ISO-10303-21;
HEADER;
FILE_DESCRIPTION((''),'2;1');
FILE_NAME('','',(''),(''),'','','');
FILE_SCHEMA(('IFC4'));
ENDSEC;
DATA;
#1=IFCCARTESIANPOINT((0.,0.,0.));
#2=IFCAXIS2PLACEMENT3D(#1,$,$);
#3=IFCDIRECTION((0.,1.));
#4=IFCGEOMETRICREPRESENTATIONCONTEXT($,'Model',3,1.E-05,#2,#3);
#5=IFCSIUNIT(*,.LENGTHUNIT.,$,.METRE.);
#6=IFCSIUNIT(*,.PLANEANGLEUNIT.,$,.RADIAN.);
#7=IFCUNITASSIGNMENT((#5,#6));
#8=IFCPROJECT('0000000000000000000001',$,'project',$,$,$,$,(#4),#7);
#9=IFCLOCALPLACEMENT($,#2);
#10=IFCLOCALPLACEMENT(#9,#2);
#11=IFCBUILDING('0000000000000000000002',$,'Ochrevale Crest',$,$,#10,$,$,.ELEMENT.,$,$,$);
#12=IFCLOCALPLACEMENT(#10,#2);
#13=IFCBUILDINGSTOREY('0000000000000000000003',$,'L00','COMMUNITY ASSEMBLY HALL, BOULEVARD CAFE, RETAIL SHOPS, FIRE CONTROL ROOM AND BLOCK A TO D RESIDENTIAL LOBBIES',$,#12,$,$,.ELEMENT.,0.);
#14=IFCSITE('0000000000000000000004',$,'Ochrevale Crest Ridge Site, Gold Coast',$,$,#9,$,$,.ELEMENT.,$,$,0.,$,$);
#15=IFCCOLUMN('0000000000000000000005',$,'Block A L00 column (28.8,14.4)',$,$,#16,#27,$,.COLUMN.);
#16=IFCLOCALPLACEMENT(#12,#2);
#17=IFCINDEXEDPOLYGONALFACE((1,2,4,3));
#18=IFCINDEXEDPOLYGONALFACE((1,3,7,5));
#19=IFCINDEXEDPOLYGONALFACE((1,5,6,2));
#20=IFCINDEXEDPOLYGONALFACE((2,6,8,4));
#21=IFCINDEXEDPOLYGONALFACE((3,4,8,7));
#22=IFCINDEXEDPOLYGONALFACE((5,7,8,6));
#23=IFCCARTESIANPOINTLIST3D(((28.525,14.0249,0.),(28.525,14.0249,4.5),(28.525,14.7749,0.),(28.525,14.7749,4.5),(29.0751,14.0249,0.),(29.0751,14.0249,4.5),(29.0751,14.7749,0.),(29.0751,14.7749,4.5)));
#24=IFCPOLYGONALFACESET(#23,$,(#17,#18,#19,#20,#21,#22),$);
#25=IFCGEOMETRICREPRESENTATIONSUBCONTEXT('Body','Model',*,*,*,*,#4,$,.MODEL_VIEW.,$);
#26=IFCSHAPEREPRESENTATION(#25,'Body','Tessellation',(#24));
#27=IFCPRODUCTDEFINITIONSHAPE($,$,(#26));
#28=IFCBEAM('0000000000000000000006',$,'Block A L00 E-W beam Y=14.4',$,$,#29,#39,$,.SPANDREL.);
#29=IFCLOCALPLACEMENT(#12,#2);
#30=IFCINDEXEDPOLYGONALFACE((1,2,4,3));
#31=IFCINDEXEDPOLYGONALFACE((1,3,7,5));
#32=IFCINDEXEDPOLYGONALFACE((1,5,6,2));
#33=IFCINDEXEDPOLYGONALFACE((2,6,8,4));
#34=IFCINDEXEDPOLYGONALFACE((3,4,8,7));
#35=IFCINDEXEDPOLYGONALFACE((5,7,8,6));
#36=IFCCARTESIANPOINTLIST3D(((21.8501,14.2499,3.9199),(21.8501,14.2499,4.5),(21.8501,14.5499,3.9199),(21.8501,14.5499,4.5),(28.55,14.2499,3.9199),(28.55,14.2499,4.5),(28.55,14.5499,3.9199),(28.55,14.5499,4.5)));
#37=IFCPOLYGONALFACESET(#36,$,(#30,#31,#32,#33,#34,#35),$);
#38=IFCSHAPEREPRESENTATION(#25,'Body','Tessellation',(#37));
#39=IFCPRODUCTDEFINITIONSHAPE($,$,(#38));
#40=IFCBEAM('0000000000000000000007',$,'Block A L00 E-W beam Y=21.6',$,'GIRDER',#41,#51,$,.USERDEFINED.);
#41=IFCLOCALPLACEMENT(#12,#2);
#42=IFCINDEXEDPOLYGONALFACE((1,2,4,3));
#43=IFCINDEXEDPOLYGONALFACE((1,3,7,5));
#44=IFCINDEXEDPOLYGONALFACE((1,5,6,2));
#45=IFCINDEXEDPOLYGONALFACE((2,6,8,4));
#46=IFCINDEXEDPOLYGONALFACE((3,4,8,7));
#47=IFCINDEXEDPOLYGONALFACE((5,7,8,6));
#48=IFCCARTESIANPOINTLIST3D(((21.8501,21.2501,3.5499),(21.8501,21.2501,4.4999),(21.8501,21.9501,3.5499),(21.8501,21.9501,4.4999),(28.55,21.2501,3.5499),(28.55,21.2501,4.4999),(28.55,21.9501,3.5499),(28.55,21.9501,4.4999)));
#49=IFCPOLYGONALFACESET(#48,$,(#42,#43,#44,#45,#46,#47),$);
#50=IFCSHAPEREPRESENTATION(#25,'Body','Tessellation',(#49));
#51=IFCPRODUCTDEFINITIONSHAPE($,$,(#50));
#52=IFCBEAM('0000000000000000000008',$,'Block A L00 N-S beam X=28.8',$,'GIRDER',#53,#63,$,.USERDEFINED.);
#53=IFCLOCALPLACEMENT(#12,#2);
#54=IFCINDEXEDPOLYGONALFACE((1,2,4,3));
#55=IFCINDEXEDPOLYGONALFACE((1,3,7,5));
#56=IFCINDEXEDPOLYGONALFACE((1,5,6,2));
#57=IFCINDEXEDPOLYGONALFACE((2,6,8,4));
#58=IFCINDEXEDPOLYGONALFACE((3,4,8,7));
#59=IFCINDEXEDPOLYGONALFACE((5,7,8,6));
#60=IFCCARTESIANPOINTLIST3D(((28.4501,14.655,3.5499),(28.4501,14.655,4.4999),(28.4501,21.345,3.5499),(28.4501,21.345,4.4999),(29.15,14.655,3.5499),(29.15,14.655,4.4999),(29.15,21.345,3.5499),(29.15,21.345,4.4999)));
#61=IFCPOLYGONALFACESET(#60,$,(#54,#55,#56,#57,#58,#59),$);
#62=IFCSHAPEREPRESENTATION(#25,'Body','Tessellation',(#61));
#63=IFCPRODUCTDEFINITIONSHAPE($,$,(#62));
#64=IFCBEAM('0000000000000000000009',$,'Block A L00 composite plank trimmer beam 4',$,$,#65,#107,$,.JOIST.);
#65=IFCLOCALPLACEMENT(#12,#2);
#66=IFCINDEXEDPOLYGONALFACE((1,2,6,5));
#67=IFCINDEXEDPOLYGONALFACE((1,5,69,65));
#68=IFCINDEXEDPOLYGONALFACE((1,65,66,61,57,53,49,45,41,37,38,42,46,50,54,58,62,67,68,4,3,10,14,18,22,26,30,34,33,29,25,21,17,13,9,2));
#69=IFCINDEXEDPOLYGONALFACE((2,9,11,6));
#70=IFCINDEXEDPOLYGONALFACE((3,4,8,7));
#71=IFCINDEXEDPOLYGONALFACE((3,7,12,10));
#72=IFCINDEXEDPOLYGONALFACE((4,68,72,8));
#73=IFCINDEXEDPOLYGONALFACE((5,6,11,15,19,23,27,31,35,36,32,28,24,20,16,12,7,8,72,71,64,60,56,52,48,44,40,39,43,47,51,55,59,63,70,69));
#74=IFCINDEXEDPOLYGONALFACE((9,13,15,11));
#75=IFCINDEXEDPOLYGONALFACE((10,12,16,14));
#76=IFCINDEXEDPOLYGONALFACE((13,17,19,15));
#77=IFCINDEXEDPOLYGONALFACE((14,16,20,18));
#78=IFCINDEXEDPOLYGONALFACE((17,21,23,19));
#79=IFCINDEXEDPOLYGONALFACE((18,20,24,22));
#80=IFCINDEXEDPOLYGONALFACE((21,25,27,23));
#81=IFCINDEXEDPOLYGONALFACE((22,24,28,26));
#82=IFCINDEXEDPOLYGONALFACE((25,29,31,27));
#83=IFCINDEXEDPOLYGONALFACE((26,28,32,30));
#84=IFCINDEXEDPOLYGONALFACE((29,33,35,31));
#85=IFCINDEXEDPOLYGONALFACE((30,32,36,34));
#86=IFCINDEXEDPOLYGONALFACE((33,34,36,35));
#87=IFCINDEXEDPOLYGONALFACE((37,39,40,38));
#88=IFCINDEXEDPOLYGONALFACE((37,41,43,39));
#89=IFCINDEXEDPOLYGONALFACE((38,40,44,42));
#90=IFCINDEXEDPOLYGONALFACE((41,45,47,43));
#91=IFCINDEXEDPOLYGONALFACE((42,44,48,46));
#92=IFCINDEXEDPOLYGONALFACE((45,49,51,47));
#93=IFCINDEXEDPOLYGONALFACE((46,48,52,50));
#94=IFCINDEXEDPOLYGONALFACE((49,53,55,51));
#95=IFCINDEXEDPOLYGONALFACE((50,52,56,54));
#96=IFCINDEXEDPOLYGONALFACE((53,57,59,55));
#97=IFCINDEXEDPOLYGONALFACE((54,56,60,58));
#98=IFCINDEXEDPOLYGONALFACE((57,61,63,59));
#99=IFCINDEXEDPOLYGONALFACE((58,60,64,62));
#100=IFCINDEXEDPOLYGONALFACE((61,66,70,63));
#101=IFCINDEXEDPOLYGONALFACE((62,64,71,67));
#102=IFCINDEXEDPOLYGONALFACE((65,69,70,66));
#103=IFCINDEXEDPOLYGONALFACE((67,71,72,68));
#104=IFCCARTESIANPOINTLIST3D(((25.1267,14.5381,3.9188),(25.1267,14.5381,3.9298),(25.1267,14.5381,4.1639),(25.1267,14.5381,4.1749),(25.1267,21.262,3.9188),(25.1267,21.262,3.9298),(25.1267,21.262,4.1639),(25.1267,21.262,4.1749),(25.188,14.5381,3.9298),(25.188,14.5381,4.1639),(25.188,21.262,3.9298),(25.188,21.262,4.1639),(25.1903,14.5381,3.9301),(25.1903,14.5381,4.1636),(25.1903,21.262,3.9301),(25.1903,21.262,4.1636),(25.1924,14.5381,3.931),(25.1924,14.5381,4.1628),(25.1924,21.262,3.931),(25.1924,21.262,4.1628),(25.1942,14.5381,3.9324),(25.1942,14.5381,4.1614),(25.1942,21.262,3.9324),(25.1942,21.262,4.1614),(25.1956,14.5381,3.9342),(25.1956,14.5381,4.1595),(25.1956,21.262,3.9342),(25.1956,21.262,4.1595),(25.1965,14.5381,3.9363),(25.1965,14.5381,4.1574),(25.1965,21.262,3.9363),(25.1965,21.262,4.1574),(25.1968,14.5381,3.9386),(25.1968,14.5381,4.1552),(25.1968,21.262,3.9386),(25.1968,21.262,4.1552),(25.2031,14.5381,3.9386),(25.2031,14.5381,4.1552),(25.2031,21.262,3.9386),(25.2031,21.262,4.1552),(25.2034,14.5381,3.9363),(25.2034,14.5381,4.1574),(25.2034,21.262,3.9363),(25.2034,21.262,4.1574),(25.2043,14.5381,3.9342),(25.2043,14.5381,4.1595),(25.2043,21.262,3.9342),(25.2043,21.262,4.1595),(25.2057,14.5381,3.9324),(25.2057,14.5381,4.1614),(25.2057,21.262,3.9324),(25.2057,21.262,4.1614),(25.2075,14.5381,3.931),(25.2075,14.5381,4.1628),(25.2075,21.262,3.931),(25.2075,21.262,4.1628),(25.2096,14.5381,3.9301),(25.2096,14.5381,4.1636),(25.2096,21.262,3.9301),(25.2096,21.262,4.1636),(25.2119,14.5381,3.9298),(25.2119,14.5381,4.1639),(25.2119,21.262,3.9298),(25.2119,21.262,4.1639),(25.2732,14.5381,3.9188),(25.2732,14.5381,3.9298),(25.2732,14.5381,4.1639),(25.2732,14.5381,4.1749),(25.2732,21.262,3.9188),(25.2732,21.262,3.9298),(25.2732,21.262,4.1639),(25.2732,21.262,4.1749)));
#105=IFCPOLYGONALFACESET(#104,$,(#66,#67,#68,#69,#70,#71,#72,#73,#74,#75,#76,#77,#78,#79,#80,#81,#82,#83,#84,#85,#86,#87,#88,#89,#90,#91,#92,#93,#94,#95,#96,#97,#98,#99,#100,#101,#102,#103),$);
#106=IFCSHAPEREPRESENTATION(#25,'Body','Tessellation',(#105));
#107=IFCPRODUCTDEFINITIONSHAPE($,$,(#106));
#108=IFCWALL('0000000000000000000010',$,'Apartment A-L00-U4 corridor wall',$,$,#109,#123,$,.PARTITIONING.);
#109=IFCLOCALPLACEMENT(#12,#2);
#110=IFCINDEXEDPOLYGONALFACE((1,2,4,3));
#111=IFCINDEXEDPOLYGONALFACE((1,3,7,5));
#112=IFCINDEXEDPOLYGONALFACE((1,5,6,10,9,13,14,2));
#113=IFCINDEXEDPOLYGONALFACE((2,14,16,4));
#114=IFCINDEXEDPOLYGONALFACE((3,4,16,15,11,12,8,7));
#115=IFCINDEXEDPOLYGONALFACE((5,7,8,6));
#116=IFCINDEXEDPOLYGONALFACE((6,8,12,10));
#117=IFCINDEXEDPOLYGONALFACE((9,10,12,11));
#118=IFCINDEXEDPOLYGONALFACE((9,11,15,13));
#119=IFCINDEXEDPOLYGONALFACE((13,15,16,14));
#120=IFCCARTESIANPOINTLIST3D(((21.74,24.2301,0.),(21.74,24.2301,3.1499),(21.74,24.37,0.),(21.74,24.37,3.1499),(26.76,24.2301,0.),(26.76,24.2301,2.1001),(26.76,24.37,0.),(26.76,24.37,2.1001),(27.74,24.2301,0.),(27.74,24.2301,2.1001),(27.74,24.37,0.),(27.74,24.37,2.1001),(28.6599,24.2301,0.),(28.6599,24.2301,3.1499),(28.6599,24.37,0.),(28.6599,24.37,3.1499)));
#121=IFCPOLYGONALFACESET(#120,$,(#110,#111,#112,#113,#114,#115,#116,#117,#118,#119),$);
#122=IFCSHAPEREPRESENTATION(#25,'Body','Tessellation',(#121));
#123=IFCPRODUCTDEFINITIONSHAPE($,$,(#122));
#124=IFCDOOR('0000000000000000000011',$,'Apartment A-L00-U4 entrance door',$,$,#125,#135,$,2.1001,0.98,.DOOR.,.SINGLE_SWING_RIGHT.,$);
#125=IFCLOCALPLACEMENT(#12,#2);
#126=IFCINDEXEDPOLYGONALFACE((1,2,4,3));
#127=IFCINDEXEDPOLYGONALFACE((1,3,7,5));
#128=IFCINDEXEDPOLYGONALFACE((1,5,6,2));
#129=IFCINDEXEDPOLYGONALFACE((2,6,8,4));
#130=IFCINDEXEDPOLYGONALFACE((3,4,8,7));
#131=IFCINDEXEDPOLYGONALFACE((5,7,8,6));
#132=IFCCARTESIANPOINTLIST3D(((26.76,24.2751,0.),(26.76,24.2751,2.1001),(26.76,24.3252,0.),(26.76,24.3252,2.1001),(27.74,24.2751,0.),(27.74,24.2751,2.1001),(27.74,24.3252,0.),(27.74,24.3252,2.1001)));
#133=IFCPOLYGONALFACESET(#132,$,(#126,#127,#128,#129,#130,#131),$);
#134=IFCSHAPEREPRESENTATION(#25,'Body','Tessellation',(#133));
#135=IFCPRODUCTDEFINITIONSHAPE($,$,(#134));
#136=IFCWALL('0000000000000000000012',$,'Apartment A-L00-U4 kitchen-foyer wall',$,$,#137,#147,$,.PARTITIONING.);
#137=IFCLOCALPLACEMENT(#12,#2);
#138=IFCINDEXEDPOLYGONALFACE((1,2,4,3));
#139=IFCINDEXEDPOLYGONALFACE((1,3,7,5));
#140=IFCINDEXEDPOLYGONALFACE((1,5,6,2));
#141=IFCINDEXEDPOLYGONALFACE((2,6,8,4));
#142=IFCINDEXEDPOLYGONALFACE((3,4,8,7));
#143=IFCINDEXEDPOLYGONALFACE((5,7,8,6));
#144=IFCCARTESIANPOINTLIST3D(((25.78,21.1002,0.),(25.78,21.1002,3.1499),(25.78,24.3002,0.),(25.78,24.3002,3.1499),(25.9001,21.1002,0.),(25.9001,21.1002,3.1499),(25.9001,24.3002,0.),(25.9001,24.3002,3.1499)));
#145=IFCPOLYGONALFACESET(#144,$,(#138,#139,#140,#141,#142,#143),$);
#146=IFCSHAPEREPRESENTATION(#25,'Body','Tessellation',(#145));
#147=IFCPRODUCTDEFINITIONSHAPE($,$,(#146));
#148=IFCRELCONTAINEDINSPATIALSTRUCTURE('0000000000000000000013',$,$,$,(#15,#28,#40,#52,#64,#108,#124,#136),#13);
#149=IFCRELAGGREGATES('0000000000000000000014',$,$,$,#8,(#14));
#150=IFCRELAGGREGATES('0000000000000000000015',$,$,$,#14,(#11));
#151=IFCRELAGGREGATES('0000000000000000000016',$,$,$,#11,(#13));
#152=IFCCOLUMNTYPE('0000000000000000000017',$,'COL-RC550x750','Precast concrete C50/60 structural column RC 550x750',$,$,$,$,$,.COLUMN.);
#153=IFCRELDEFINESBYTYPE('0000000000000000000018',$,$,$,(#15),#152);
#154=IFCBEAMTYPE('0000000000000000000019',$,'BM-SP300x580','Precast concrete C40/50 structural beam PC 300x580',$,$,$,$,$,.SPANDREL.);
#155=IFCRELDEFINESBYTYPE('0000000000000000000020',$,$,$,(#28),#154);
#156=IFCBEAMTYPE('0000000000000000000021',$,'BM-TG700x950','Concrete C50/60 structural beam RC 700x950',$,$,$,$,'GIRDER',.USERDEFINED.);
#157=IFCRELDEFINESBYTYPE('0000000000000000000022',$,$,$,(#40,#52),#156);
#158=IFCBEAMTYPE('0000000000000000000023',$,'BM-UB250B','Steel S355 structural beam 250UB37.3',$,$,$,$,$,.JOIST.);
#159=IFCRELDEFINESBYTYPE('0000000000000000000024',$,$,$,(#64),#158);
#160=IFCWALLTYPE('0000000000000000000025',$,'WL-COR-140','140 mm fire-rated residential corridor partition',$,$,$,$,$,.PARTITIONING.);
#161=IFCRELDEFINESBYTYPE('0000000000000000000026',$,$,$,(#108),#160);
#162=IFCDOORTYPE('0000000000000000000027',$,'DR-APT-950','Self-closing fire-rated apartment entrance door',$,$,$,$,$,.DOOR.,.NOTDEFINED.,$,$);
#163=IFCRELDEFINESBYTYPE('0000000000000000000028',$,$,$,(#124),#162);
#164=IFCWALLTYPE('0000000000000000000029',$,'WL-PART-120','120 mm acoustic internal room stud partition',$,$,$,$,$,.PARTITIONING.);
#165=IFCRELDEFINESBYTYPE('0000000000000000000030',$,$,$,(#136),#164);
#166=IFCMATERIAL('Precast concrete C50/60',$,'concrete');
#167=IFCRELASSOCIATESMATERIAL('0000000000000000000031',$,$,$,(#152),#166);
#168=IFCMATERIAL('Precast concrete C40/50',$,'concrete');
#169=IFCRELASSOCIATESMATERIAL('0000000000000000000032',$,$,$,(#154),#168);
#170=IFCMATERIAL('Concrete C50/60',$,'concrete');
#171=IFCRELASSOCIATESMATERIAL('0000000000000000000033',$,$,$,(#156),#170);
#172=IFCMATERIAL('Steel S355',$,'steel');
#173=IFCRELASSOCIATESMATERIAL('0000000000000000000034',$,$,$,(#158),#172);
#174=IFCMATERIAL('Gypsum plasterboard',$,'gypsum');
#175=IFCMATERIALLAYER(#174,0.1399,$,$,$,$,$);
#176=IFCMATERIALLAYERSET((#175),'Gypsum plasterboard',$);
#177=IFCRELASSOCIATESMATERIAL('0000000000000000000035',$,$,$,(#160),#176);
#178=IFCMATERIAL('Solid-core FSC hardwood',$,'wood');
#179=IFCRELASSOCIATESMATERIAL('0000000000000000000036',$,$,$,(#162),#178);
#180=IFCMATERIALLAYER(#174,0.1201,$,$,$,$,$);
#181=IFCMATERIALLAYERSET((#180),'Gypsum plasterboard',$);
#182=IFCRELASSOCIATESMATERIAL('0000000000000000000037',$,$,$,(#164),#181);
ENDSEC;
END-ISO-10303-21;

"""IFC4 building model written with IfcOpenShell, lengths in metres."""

from ifc_helpers import new_model, si_unit, direction, frame, frame_2d, origin, origin_2d, place, context, subcontext, project, spatial, rectangle, i_section, extrude, material, layer, layer_set, material_profile, profile_set, type_object, element, fill, save


model = new_model("IFC4")

# Units and contexts
model_context = context("Model", 3, precision=1e-05, world=origin(), true_north=direction((0.0, 1.0)))
body_context = subcontext(model_context, "Body", "Model", "MODEL_VIEW")
ifc_project = project(units=[si_unit("LENGTHUNIT", "METRE"), si_unit("PLANEANGLEUNIT", "RADIAN")], contexts=[model_context])

# Site, building, storey
site_placement = place(None, origin())
site = spatial("IfcSite", under=ifc_project, at=site_placement, Name="Ochrevale Crest Ridge Site, Gold Coast", CompositionType="ELEMENT", RefElevation=0.0)
building_placement = place(site_placement, origin())
building = spatial("IfcBuilding", under=site, at=building_placement, Name="Ochrevale Crest", CompositionType="ELEMENT")
storey_placement = place(building_placement, origin())
storey = spatial("IfcBuildingStorey", under=building, at=storey_placement, Name="L00", Description="COMMUNITY ASSEMBLY HALL, BOULEVARD CAFE, RETAIL SHOPS, FIRE CONTROL ROOM AND BLOCK A TO D RESIDENTIAL LOBBIES", CompositionType="ELEMENT", Elevation=0.0)

# Column
ifc_material_1 = material(Name="Precast concrete C50/60", Category="concrete")
ifc_material_profile_1 = material_profile(ifc_material_1, rectangle(XDim=0.55, YDim=0.75, at=origin_2d()), Name="RC 550x750")
ifc_profile_set_1 = profile_set([ifc_material_profile_1], Name="Precast concrete C50/60")
column_type = type_object("IfcColumnType", Name="COL-RC550x750", Description="Precast concrete C50/60 structural column RC 550x750", PredefinedType="COLUMN", material=ifc_profile_set_1)
column_placement = place(storey_placement, frame((28.8, 14.3999, 0.0), z_axis=(0.0, 0.0, 1.0), x_axis=(1.0, 0.0, 0.0)))
element("IfcColumn", 1, at=column_placement, inside=storey, type_object=column_type, Name="Block A L00 column (28.8,14.4)", PredefinedType="COLUMN", context=body_context, shape_type="SweptSolid", body=[
    extrude(rectangle(XDim=0.55, YDim=0.75, at=origin_2d()), origin(), (0.0, 0.0, 1.0), 4.5),
])

# Beams
ifc_material_2 = material(Name="Precast concrete C40/50", Category="concrete")
ifc_material_profile_2 = material_profile(ifc_material_2, rectangle(XDim=0.3, YDim=0.5801, at=origin_2d()), Name="PC 300x580")
ifc_profile_set_2 = profile_set([ifc_material_profile_2], Name="Precast concrete C40/50")
beam_type_1 = type_object("IfcBeamType", Name="BM-SP300x580", Description="Precast concrete C40/50 structural beam PC 300x580", PredefinedType="SPANDREL", material=ifc_profile_set_2)
beam_1_placement = place(storey_placement, frame((21.8501, 14.3999, 4.21), z_axis=(1.0, 0.0, 0.0), x_axis=(0.0, 1.0, 0.0)))
element("IfcBeam", 2, at=beam_1_placement, inside=storey, type_object=beam_type_1, Name="Block A L00 E-W beam Y=14.4", PredefinedType="SPANDREL", context=body_context, shape_type="SweptSolid", body=[
    extrude(rectangle(XDim=0.3, YDim=0.5801, at=origin_2d()), origin(), (0.0, 0.0, 1.0), 6.7),
])
ifc_material_3 = material(Name="Concrete C50/60", Category="concrete")
ifc_material_profile_3 = material_profile(ifc_material_3, rectangle(XDim=0.7, YDim=0.95, at=origin_2d()), Name="RC 700x950")
ifc_profile_set_3 = profile_set([ifc_material_profile_3], Name="Concrete C50/60")
beam_type_2 = type_object("IfcBeamType", Name="BM-TG700x950", Description="Concrete C50/60 structural beam RC 700x950", ElementType="GIRDER", PredefinedType="USERDEFINED", material=ifc_profile_set_3)
beam_2_placement = place(storey_placement, frame((21.8501, 21.6001, 4.0249), z_axis=(1.0, 0.0, 0.0), x_axis=(0.0, 1.0, 0.0)))
element("IfcBeam", 3, at=beam_2_placement, inside=storey, type_object=beam_type_2, Name="Block A L00 E-W beam Y=21.6", ObjectType="GIRDER", PredefinedType="USERDEFINED", context=body_context, shape_type="SweptSolid", body=[
    extrude(rectangle(XDim=0.7, YDim=0.95, at=origin_2d()), origin(), (0.0, 0.0, 1.0), 6.7),
])
beam_3_placement = place(storey_placement, frame((28.8, 14.655, 4.0249), z_axis=(0.0, 1.0, 0.0), x_axis=(-1.0, 0.0, 0.0)))
element("IfcBeam", 4, at=beam_3_placement, inside=storey, type_object=beam_type_2, Name="Block A L00 N-S beam X=28.8", ObjectType="GIRDER", PredefinedType="USERDEFINED", context=body_context, shape_type="SweptSolid", body=[
    extrude(rectangle(XDim=0.7, YDim=0.95, at=origin_2d()), origin(), (0.0, 0.0, 1.0), 6.6899),
])
ifc_material_4 = material(Name="Steel S355", Category="steel")
ifc_material_profile_4 = material_profile(ifc_material_4, i_section(OverallWidth=0.1465, OverallDepth=0.2561, WebThickness=0.0063, FlangeThickness=0.011, FilletRadius=0.0088, at=origin_2d()), Name="250UB37.3")
ifc_profile_set_4 = profile_set([ifc_material_profile_4], Name="Steel S355")
beam_type_3 = type_object("IfcBeamType", Name="BM-UB250B", Description="Steel S355 structural beam 250UB37.3", PredefinedType="JOIST", material=ifc_profile_set_4)
beam_4_placement = place(storey_placement, frame((25.2, 14.5381, 4.0469), z_axis=(0.0, 1.0, 0.0), x_axis=(-1.0, 0.0, 0.0)))
element("IfcBeam", 5, at=beam_4_placement, inside=storey, type_object=beam_type_3, Name="Block A L00 composite plank trimmer beam 4", PredefinedType="JOIST", context=body_context, shape_type="SweptSolid", body=[
    extrude(i_section(OverallWidth=0.1465, OverallDepth=0.2561, WebThickness=0.0063, FlangeThickness=0.011, FilletRadius=0.0088, at=origin_2d()), origin(), (0.0, 0.0, 1.0), 6.7239),
])

# Wall, opening, door
ifc_material_5 = material(Name="Gypsum plasterboard", Category="gypsum")
ifc_layer_1 = layer(ifc_material_5, 0.1399)
ifc_layer_set_1 = layer_set([ifc_layer_1], Name="Gypsum plasterboard")
wall_type_1 = type_object("IfcWallType", Name="WL-COR-140", Description="140 mm fire-rated residential corridor partition", PredefinedType="PARTITIONING", material=ifc_layer_set_1)
wall_1_placement = place(storey_placement, frame((21.74, 24.3, 0.0), z_axis=(0.0, 0.0, 1.0), x_axis=(1.0, 0.0, 0.0)))
wall_1 = element("IfcWall", 6, at=wall_1_placement, inside=storey, type_object=wall_type_1, Name="Apartment A-L00-U4 corridor wall", PredefinedType="PARTITIONING", context=body_context, shape_type="SweptSolid", body=[
    extrude(rectangle(XDim=6.9199, YDim=0.1399, at=frame_2d((3.46, 0.0))), origin(), (0.0, 0.0, 1.0), 3.1499),
])
opening_1_placement = place(wall_1_placement, frame((6.0, 0.0, 0.0), z_axis=(0.0, 0.0, 1.0), x_axis=(-1.0, 0.0, 0.0)))
opening_1 = element("IfcOpeningElement", 7, at=opening_1_placement, cuts=wall_1, PredefinedType="OPENING", context=body_context, shape_type="SweptSolid", body=[
    extrude(rectangle(XDim=0.98, YDim=2.1001, at=frame_2d((0.49, 1.05))), frame((0.0, 0.0801, 0.0), z_axis=(0.0, -1.0, 0.0), x_axis=(1.0, 0.0, 0.0)), (0.0, 0.0, 1.0), 0.1599),
])
ifc_material_6 = material(Name="Solid-core FSC hardwood", Category="wood")
door_type_1 = type_object("IfcDoorType", Name="DR-APT-950", Description="Self-closing fire-rated apartment entrance door", OperationType="NOTDEFINED", PredefinedType="DOOR", material=ifc_material_6)
door_1_placement = place(opening_1_placement, origin())
door_1 = element("IfcDoor", 8, at=door_1_placement, inside=storey, type_object=door_type_1, Name="Apartment A-L00-U4 entrance door", OperationType="SINGLE_SWING_RIGHT", OverallHeight=2.1001, OverallWidth=0.98, PredefinedType="DOOR", context=body_context, shape_type="SweptSolid", body=[
    extrude(rectangle(XDim=0.98, YDim=2.1001, at=frame_2d((0.49, 1.05))), frame((0.0, 0.0249, 0.0), z_axis=(0.0, -1.0, 0.0), x_axis=(1.0, 0.0, 0.0)), (0.0, 0.0, 1.0), 0.05),
])
fill(opening_1, door_1)

# Wall
ifc_layer_2 = layer(ifc_material_5, 0.1201)
ifc_layer_set_2 = layer_set([ifc_layer_2], Name="Gypsum plasterboard")
wall_type_2 = type_object("IfcWallType", Name="WL-PART-120", Description="120 mm acoustic internal room stud partition", PredefinedType="PARTITIONING", material=ifc_layer_set_2)
wall_2_placement = place(storey_placement, frame((25.8401, 21.1001, 0.0), z_axis=(0.0, 0.0, 1.0), x_axis=(0.0, 1.0, 0.0)))
element("IfcWall", 9, at=wall_2_placement, inside=storey, type_object=wall_type_2, Name="Apartment A-L00-U4 kitchen-foyer wall", PredefinedType="PARTITIONING", context=body_context, shape_type="SweptSolid", body=[
    extrude(rectangle(XDim=3.2, YDim=0.1201, at=frame_2d((1.6001, 0.0))), origin(), (0.0, 0.0, 1.0), 3.1499),
])

save(model, "model.ifc")
